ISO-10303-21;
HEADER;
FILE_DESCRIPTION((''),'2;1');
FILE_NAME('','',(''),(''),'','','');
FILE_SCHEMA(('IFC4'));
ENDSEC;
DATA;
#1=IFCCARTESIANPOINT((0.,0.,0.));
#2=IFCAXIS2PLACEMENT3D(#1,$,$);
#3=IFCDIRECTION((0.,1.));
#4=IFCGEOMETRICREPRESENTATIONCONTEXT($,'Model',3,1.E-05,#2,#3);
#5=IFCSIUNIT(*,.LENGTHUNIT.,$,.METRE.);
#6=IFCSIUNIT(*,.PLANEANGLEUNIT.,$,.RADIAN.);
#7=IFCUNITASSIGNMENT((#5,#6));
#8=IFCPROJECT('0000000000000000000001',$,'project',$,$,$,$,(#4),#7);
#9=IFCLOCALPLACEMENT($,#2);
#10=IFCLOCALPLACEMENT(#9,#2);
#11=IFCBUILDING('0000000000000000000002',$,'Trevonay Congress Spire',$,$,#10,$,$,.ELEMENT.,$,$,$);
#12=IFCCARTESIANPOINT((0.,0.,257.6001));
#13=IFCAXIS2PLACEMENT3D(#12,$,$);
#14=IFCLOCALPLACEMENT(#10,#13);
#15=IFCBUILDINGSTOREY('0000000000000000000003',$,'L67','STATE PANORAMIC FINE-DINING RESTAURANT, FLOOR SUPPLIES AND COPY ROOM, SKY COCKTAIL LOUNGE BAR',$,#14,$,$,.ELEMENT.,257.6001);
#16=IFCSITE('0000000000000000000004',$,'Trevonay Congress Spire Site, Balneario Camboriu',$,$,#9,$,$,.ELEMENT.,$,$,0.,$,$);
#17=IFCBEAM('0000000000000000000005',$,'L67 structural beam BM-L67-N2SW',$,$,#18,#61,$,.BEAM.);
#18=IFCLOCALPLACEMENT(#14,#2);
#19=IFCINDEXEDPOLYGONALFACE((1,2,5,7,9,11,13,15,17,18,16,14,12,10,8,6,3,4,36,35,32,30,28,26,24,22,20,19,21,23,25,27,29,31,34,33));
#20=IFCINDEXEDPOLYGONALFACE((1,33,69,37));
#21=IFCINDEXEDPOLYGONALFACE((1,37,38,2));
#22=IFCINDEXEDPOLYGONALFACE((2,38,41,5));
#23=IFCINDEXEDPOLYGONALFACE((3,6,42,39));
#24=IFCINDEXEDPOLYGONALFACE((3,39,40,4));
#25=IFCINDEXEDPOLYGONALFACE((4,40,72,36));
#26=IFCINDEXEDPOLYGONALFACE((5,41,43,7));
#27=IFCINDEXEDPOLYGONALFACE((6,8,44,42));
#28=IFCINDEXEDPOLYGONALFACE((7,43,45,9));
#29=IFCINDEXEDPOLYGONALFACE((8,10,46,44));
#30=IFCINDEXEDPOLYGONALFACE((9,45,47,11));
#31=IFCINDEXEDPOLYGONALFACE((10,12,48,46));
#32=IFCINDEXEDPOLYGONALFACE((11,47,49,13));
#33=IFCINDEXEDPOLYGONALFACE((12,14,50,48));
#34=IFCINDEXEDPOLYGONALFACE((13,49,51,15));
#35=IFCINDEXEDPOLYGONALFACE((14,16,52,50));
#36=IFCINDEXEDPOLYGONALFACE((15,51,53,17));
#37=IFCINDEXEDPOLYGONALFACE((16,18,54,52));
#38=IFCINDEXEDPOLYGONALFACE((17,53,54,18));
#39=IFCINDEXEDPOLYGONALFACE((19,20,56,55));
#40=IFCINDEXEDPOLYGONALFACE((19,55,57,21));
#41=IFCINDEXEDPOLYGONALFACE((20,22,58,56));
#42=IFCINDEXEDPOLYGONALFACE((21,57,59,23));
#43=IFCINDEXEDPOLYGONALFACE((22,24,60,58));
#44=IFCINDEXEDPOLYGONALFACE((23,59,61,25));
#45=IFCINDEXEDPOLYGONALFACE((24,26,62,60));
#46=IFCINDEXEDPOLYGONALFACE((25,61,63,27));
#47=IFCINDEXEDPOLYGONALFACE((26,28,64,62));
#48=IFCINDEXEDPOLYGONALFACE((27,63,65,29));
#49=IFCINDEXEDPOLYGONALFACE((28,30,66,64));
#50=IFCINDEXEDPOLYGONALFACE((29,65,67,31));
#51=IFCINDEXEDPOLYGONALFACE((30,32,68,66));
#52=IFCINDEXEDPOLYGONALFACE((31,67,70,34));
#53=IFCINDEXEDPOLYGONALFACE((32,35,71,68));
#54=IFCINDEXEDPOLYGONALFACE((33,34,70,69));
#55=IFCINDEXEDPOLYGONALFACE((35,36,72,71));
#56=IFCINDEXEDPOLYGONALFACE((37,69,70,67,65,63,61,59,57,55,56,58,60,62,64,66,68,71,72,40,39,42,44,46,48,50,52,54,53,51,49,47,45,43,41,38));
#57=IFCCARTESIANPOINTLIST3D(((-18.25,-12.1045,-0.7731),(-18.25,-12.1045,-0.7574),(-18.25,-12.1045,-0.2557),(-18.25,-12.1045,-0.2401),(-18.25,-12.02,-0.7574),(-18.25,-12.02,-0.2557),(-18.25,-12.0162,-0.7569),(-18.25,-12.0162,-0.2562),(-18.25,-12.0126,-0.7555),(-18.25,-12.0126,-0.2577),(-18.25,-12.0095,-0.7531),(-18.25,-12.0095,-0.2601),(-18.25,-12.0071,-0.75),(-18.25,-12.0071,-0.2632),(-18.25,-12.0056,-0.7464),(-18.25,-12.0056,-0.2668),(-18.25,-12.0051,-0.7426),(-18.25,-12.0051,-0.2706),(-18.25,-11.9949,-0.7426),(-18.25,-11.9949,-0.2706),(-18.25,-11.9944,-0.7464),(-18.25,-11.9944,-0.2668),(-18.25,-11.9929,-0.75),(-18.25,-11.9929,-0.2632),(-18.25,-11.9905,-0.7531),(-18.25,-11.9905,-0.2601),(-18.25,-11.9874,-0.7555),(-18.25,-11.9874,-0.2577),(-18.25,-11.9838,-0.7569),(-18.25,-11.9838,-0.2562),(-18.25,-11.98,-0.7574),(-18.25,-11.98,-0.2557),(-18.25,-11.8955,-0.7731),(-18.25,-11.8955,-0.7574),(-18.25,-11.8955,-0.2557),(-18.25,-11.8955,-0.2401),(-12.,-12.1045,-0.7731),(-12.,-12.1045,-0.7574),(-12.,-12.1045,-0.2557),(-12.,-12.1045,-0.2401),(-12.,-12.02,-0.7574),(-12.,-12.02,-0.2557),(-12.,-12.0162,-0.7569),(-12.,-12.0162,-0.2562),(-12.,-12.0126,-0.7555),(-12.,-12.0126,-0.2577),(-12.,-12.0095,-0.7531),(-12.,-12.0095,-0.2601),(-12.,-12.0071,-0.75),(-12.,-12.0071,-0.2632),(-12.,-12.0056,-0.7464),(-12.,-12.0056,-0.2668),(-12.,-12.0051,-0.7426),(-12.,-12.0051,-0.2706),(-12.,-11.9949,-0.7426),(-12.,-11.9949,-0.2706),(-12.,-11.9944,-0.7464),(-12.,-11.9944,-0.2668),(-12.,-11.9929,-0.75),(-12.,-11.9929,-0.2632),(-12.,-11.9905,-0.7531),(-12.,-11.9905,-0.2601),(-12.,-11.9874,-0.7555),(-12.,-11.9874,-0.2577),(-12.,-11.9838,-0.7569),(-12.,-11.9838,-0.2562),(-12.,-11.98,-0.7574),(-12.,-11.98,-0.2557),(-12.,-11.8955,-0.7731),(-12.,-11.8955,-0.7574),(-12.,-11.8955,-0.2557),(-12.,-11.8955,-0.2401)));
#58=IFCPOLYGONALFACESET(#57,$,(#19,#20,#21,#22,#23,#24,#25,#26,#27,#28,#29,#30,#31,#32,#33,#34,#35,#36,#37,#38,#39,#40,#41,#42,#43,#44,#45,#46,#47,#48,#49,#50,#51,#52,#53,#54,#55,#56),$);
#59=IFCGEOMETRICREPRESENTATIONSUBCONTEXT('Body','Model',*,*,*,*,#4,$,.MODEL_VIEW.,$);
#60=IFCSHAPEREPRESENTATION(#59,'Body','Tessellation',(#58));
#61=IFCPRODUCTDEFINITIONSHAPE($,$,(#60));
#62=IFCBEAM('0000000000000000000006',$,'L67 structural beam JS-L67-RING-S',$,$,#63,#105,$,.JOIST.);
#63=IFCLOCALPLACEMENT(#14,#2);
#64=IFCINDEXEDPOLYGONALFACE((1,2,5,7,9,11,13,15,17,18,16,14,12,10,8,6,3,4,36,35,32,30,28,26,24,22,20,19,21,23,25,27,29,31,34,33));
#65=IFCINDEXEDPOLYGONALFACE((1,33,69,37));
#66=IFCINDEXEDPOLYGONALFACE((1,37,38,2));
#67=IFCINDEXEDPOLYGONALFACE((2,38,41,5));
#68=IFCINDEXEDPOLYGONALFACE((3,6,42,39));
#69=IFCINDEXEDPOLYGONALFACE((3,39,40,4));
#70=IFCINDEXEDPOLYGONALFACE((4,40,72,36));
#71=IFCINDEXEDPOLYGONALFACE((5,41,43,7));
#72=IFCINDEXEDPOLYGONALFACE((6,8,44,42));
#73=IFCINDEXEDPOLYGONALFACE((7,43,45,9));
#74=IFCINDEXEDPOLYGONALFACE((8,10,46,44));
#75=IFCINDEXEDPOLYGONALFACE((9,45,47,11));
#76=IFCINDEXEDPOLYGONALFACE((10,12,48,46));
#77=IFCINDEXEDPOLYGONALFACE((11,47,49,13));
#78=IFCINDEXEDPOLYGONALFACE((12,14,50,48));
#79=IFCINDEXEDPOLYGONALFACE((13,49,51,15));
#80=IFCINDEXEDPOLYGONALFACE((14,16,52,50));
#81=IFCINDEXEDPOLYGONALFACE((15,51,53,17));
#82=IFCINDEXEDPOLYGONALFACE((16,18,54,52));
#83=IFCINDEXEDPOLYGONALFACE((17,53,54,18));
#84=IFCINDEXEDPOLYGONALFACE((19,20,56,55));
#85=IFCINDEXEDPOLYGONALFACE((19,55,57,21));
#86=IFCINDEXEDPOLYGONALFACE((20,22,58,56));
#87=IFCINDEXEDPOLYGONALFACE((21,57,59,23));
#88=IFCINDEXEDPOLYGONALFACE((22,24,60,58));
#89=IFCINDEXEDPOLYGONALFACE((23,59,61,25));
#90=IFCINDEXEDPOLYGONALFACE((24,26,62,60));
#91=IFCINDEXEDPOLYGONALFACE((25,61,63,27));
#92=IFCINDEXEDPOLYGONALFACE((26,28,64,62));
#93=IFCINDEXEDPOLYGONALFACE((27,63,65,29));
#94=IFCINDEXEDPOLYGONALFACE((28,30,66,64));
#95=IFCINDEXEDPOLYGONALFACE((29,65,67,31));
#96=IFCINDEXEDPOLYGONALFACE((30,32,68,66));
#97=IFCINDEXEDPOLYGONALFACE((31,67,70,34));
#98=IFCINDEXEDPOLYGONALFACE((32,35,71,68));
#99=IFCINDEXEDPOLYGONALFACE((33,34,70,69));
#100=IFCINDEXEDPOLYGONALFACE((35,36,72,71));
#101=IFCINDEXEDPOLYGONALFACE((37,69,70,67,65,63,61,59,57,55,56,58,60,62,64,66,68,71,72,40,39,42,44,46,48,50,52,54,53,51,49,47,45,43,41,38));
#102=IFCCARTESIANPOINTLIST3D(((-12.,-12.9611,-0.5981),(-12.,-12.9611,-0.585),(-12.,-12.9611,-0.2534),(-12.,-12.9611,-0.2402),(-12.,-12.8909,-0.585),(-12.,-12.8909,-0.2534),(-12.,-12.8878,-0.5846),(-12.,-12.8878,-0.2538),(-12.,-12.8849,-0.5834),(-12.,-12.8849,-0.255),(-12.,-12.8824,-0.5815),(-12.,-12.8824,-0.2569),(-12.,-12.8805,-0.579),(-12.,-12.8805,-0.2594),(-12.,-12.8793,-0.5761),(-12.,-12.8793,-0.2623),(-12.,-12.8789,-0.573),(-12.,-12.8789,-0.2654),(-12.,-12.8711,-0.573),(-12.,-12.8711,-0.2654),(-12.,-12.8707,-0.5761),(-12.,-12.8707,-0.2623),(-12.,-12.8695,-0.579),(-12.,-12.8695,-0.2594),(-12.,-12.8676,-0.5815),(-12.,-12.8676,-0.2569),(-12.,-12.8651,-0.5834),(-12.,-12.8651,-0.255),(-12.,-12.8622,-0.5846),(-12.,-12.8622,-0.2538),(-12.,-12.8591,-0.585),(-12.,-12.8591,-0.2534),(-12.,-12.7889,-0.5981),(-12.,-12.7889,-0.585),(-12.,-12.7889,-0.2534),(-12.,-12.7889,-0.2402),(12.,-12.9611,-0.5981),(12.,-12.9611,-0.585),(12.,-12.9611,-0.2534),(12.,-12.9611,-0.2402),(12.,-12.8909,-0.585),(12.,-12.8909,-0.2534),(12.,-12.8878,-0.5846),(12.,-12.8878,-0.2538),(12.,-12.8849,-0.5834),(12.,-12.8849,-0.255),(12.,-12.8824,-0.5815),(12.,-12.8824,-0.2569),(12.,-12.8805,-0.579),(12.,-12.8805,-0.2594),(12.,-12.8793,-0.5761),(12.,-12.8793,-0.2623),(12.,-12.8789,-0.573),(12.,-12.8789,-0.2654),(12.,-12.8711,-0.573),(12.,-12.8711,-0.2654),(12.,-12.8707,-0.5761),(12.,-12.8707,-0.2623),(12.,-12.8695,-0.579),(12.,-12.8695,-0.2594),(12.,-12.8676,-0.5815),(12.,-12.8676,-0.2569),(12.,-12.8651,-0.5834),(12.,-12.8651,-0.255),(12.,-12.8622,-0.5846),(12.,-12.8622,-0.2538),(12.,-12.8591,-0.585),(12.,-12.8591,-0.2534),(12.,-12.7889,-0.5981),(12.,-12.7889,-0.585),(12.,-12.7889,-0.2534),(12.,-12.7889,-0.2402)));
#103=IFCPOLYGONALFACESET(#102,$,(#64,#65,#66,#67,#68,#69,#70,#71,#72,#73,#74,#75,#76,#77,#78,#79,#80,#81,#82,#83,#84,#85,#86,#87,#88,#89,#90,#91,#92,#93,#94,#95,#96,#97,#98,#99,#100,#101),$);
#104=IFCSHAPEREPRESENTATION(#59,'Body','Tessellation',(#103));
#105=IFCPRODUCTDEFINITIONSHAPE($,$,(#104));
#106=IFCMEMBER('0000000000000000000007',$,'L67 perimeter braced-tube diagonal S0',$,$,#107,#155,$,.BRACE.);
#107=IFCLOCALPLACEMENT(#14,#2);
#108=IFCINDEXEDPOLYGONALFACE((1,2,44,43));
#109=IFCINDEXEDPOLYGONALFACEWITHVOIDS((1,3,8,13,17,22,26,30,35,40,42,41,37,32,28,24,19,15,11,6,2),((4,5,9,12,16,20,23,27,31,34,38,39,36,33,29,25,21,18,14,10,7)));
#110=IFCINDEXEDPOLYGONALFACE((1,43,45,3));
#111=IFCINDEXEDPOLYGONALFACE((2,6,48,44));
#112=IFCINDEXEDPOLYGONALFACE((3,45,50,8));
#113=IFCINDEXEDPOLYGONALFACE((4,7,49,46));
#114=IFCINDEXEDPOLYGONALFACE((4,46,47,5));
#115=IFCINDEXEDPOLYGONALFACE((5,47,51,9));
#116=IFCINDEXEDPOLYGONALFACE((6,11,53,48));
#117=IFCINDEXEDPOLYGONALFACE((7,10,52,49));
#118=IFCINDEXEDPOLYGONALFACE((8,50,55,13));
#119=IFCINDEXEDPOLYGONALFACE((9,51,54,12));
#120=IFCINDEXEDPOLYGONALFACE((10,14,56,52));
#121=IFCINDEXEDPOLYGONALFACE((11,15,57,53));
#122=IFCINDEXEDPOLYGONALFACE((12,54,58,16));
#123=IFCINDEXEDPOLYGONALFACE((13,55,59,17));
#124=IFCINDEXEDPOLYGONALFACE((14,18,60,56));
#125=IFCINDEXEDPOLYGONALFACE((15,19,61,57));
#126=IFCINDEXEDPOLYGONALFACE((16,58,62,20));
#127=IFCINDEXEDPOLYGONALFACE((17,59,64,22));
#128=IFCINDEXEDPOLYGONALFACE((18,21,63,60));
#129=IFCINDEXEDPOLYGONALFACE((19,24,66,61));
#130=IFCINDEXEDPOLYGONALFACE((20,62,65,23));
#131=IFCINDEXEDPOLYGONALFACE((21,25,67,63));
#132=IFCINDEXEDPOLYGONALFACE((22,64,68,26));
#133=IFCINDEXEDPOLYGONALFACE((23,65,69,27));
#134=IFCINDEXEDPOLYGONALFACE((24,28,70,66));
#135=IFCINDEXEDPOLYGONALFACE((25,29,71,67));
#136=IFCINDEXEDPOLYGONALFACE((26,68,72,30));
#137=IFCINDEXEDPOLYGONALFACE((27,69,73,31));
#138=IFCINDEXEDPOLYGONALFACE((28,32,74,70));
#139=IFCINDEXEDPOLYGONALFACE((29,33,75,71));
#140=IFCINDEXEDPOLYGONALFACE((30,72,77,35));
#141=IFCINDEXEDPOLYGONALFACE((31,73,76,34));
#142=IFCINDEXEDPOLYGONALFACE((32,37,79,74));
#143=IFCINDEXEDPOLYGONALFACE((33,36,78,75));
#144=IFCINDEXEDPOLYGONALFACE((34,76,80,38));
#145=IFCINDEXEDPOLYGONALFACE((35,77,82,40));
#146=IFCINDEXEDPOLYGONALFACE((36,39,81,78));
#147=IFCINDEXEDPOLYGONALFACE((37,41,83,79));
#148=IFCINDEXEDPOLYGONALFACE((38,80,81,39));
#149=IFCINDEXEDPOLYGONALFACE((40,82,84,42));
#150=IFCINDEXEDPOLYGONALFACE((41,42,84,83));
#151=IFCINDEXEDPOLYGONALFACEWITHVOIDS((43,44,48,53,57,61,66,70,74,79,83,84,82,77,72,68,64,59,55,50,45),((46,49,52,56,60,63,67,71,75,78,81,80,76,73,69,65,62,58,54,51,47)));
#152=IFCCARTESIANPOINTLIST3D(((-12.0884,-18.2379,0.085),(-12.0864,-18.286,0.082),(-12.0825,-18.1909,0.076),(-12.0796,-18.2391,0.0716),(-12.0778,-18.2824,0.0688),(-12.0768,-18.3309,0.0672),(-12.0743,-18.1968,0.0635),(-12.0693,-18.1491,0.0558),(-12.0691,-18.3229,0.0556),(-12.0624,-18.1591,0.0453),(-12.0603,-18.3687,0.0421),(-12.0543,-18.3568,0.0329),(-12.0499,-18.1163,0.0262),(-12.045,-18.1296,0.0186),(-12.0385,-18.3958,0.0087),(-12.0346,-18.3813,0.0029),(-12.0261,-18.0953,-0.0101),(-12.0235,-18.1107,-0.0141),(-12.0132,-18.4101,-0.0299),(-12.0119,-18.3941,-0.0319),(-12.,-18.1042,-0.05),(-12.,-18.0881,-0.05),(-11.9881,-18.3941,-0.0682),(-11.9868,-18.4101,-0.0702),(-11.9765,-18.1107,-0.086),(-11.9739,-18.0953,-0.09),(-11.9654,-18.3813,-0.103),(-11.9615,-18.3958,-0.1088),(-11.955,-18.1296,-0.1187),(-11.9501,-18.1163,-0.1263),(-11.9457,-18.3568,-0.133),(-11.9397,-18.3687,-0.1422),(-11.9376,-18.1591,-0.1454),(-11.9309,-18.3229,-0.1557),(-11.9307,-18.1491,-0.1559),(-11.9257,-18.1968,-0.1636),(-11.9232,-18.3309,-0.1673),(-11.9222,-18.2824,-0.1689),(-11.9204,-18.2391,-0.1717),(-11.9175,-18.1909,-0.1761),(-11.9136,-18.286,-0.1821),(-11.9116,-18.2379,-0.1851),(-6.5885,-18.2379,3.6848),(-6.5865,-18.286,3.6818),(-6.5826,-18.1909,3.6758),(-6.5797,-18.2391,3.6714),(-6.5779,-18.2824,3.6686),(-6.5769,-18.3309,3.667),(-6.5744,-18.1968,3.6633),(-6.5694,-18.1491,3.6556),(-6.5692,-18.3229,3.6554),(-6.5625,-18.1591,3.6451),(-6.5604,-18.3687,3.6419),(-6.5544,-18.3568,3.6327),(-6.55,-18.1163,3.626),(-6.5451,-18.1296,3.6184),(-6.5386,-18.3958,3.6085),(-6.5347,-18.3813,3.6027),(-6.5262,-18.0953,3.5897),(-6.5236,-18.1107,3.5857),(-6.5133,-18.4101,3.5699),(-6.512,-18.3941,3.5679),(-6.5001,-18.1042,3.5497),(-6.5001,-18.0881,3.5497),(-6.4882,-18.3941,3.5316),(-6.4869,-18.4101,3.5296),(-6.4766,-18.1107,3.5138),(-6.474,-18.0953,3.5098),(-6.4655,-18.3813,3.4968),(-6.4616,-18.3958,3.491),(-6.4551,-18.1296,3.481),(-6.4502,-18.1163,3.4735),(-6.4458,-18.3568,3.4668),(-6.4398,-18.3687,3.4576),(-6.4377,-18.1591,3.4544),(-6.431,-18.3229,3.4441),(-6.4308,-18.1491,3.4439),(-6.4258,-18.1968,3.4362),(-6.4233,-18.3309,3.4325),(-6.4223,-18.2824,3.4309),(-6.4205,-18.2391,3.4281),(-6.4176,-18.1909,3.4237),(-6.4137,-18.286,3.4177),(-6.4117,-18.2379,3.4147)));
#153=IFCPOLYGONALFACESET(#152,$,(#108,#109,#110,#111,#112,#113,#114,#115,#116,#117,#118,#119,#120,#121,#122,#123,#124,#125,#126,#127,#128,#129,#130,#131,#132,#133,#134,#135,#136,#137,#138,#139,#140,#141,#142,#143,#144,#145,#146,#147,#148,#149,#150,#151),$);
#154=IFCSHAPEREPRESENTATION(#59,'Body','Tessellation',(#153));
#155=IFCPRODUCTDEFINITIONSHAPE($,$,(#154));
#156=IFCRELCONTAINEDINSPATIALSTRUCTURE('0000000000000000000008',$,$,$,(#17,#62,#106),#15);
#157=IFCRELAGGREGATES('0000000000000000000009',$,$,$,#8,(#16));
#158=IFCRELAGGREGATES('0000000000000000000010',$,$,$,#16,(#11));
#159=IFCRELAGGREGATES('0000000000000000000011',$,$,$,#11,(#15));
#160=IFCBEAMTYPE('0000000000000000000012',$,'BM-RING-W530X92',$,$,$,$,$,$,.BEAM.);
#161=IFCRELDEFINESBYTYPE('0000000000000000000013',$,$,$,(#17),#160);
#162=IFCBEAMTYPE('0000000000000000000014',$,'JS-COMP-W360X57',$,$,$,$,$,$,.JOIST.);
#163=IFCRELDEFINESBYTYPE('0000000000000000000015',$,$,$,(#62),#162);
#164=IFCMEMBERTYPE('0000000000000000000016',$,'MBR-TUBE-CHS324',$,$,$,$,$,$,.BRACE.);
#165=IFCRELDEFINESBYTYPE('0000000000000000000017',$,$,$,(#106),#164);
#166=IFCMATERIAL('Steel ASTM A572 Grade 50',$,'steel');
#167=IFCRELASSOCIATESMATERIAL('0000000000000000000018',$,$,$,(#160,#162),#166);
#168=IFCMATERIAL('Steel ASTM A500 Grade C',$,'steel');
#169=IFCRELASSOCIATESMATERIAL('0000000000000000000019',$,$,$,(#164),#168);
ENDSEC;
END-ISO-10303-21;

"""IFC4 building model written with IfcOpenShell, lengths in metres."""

from ifc_helpers import new_model, si_unit, direction, frame, origin, origin_2d, place, context, subcontext, project, spatial, hollow_circle, i_section, extrude, material, material_profile, profile_set, type_object, element, save


model = new_model("IFC4")

# Units and contexts
model_context = context("Model", 3, precision=1e-05, world=origin(), true_north=direction((0.0, 1.0)))
body_context = subcontext(model_context, "Body", "Model", "MODEL_VIEW")
ifc_project = project(units=[si_unit("LENGTHUNIT", "METRE"), si_unit("PLANEANGLEUNIT", "RADIAN")], contexts=[model_context])

# Site, building, storey
site_placement = place(None, origin())
site = spatial("IfcSite", under=ifc_project, at=site_placement, Name="Trevonay Congress Spire Site, Balneario Camboriu", CompositionType="ELEMENT", RefElevation=0.0)
building_placement = place(site_placement, origin())
building = spatial("IfcBuilding", under=site, at=building_placement, Name="Trevonay Congress Spire", CompositionType="ELEMENT")
storey_placement = place(building_placement, frame((0.0, 0.0, 257.6001)))
storey = spatial("IfcBuildingStorey", under=building, at=storey_placement, Name="L67", Description="STATE PANORAMIC FINE-DINING RESTAURANT, FLOOR SUPPLIES AND COPY ROOM, SKY COCKTAIL LOUNGE BAR", CompositionType="ELEMENT", Elevation=257.6001)

# Shared definitions
ifc_material_1 = material(Name="Steel ASTM A572 Grade 50", Category="steel")

# Beams
ifc_material_profile_1 = material_profile(ifc_material_1, i_section(OverallWidth=0.209, OverallDepth=0.533, WebThickness=0.0103, FlangeThickness=0.0156, FilletRadius=0.0149, at=origin_2d()), Name="W530x92")
ifc_profile_set_1 = profile_set([ifc_material_profile_1], Name="Steel ASTM A572 Grade 50")
beam_type_1 = type_object("IfcBeamType", Name="BM-RING-W530X92", PredefinedType="BEAM", material=ifc_profile_set_1)
for number, where, z_axis, x_axis, name in (
    (1, (-18.25, -12.0, -0.5066), (1.0, 0.0, 0.0), (0.0, 1.0, 0.0), "L67 structural beam BM-L67-N2SW"),
):
    element("IfcBeam", number, at=place(storey_placement, frame(where, z_axis=z_axis, x_axis=x_axis)), inside=storey, type_object=beam_type_1, Name=name, PredefinedType="BEAM", context=body_context, shape_type="SweptSolid", body=[
        extrude(i_section(OverallWidth=0.209, OverallDepth=0.533, WebThickness=0.0103, FlangeThickness=0.0156, FilletRadius=0.0149, at=origin_2d()), origin(), (0.0, 0.0, 1.0), 6.25),
    ])
ifc_material_profile_2 = material_profile(ifc_material_1, i_section(OverallWidth=0.1721, OverallDepth=0.3579, WebThickness=0.0078, FlangeThickness=0.0132, FilletRadius=0.012, at=origin_2d()), Name="W360x57.8")
ifc_profile_set_2 = profile_set([ifc_material_profile_2], Name="Steel ASTM A572 Grade 50")
beam_type_2 = type_object("IfcBeamType", Name="JS-COMP-W360X57", PredefinedType="JOIST", material=ifc_profile_set_2)
beam_placement = place(storey_placement, frame((-12.0, -12.875, -0.4192), z_axis=(1.0, 0.0, 0.0), x_axis=(0.0, 1.0, 0.0)))
element("IfcBeam", 2, at=beam_placement, inside=storey, type_object=beam_type_2, Name="L67 structural beam JS-L67-RING-S", PredefinedType="JOIST", context=body_context, shape_type="SweptSolid", body=[
    extrude(i_section(OverallWidth=0.1721, OverallDepth=0.3579, WebThickness=0.0078, FlangeThickness=0.0132, FilletRadius=0.012, at=origin_2d()), origin(), (0.0, 0.0, 1.0), 24.0),
])

# Member
ifc_material_2 = material(Name="Steel ASTM A500 Grade C", Category="steel")
ifc_material_profile_3 = material_profile(ifc_material_2, hollow_circle(Radius=0.1619, WallThickness=0.0161, at=origin_2d()), Name="CHS 323.9x16")
ifc_profile_set_3 = profile_set([ifc_material_profile_3], Name="Steel ASTM A500 Grade C")
member_type = type_object("IfcMemberType", Name="MBR-TUBE-CHS324", PredefinedType="BRACE", material=ifc_profile_set_3)
for number, where, z_axis, x_axis, name in (
    (3, (-12.0, -18.25, -0.05), (0.836712, 0.0, 0.547644), (0.0, 1.0, 0.0), "L67 perimeter braced-tube diagonal S0"),
):
    element("IfcMember", number, at=place(storey_placement, frame(where, z_axis=z_axis, x_axis=x_axis)), inside=storey, type_object=member_type, Name=name, PredefinedType="BRACE", context=body_context, shape_type="SweptSolid", body=[
        extrude(hollow_circle(Radius=0.1619, WallThickness=0.0161, at=origin_2d()), origin(), (0.0, 0.0, 1.0), 6.5732),
    ])

save(model, "model.ifc")
